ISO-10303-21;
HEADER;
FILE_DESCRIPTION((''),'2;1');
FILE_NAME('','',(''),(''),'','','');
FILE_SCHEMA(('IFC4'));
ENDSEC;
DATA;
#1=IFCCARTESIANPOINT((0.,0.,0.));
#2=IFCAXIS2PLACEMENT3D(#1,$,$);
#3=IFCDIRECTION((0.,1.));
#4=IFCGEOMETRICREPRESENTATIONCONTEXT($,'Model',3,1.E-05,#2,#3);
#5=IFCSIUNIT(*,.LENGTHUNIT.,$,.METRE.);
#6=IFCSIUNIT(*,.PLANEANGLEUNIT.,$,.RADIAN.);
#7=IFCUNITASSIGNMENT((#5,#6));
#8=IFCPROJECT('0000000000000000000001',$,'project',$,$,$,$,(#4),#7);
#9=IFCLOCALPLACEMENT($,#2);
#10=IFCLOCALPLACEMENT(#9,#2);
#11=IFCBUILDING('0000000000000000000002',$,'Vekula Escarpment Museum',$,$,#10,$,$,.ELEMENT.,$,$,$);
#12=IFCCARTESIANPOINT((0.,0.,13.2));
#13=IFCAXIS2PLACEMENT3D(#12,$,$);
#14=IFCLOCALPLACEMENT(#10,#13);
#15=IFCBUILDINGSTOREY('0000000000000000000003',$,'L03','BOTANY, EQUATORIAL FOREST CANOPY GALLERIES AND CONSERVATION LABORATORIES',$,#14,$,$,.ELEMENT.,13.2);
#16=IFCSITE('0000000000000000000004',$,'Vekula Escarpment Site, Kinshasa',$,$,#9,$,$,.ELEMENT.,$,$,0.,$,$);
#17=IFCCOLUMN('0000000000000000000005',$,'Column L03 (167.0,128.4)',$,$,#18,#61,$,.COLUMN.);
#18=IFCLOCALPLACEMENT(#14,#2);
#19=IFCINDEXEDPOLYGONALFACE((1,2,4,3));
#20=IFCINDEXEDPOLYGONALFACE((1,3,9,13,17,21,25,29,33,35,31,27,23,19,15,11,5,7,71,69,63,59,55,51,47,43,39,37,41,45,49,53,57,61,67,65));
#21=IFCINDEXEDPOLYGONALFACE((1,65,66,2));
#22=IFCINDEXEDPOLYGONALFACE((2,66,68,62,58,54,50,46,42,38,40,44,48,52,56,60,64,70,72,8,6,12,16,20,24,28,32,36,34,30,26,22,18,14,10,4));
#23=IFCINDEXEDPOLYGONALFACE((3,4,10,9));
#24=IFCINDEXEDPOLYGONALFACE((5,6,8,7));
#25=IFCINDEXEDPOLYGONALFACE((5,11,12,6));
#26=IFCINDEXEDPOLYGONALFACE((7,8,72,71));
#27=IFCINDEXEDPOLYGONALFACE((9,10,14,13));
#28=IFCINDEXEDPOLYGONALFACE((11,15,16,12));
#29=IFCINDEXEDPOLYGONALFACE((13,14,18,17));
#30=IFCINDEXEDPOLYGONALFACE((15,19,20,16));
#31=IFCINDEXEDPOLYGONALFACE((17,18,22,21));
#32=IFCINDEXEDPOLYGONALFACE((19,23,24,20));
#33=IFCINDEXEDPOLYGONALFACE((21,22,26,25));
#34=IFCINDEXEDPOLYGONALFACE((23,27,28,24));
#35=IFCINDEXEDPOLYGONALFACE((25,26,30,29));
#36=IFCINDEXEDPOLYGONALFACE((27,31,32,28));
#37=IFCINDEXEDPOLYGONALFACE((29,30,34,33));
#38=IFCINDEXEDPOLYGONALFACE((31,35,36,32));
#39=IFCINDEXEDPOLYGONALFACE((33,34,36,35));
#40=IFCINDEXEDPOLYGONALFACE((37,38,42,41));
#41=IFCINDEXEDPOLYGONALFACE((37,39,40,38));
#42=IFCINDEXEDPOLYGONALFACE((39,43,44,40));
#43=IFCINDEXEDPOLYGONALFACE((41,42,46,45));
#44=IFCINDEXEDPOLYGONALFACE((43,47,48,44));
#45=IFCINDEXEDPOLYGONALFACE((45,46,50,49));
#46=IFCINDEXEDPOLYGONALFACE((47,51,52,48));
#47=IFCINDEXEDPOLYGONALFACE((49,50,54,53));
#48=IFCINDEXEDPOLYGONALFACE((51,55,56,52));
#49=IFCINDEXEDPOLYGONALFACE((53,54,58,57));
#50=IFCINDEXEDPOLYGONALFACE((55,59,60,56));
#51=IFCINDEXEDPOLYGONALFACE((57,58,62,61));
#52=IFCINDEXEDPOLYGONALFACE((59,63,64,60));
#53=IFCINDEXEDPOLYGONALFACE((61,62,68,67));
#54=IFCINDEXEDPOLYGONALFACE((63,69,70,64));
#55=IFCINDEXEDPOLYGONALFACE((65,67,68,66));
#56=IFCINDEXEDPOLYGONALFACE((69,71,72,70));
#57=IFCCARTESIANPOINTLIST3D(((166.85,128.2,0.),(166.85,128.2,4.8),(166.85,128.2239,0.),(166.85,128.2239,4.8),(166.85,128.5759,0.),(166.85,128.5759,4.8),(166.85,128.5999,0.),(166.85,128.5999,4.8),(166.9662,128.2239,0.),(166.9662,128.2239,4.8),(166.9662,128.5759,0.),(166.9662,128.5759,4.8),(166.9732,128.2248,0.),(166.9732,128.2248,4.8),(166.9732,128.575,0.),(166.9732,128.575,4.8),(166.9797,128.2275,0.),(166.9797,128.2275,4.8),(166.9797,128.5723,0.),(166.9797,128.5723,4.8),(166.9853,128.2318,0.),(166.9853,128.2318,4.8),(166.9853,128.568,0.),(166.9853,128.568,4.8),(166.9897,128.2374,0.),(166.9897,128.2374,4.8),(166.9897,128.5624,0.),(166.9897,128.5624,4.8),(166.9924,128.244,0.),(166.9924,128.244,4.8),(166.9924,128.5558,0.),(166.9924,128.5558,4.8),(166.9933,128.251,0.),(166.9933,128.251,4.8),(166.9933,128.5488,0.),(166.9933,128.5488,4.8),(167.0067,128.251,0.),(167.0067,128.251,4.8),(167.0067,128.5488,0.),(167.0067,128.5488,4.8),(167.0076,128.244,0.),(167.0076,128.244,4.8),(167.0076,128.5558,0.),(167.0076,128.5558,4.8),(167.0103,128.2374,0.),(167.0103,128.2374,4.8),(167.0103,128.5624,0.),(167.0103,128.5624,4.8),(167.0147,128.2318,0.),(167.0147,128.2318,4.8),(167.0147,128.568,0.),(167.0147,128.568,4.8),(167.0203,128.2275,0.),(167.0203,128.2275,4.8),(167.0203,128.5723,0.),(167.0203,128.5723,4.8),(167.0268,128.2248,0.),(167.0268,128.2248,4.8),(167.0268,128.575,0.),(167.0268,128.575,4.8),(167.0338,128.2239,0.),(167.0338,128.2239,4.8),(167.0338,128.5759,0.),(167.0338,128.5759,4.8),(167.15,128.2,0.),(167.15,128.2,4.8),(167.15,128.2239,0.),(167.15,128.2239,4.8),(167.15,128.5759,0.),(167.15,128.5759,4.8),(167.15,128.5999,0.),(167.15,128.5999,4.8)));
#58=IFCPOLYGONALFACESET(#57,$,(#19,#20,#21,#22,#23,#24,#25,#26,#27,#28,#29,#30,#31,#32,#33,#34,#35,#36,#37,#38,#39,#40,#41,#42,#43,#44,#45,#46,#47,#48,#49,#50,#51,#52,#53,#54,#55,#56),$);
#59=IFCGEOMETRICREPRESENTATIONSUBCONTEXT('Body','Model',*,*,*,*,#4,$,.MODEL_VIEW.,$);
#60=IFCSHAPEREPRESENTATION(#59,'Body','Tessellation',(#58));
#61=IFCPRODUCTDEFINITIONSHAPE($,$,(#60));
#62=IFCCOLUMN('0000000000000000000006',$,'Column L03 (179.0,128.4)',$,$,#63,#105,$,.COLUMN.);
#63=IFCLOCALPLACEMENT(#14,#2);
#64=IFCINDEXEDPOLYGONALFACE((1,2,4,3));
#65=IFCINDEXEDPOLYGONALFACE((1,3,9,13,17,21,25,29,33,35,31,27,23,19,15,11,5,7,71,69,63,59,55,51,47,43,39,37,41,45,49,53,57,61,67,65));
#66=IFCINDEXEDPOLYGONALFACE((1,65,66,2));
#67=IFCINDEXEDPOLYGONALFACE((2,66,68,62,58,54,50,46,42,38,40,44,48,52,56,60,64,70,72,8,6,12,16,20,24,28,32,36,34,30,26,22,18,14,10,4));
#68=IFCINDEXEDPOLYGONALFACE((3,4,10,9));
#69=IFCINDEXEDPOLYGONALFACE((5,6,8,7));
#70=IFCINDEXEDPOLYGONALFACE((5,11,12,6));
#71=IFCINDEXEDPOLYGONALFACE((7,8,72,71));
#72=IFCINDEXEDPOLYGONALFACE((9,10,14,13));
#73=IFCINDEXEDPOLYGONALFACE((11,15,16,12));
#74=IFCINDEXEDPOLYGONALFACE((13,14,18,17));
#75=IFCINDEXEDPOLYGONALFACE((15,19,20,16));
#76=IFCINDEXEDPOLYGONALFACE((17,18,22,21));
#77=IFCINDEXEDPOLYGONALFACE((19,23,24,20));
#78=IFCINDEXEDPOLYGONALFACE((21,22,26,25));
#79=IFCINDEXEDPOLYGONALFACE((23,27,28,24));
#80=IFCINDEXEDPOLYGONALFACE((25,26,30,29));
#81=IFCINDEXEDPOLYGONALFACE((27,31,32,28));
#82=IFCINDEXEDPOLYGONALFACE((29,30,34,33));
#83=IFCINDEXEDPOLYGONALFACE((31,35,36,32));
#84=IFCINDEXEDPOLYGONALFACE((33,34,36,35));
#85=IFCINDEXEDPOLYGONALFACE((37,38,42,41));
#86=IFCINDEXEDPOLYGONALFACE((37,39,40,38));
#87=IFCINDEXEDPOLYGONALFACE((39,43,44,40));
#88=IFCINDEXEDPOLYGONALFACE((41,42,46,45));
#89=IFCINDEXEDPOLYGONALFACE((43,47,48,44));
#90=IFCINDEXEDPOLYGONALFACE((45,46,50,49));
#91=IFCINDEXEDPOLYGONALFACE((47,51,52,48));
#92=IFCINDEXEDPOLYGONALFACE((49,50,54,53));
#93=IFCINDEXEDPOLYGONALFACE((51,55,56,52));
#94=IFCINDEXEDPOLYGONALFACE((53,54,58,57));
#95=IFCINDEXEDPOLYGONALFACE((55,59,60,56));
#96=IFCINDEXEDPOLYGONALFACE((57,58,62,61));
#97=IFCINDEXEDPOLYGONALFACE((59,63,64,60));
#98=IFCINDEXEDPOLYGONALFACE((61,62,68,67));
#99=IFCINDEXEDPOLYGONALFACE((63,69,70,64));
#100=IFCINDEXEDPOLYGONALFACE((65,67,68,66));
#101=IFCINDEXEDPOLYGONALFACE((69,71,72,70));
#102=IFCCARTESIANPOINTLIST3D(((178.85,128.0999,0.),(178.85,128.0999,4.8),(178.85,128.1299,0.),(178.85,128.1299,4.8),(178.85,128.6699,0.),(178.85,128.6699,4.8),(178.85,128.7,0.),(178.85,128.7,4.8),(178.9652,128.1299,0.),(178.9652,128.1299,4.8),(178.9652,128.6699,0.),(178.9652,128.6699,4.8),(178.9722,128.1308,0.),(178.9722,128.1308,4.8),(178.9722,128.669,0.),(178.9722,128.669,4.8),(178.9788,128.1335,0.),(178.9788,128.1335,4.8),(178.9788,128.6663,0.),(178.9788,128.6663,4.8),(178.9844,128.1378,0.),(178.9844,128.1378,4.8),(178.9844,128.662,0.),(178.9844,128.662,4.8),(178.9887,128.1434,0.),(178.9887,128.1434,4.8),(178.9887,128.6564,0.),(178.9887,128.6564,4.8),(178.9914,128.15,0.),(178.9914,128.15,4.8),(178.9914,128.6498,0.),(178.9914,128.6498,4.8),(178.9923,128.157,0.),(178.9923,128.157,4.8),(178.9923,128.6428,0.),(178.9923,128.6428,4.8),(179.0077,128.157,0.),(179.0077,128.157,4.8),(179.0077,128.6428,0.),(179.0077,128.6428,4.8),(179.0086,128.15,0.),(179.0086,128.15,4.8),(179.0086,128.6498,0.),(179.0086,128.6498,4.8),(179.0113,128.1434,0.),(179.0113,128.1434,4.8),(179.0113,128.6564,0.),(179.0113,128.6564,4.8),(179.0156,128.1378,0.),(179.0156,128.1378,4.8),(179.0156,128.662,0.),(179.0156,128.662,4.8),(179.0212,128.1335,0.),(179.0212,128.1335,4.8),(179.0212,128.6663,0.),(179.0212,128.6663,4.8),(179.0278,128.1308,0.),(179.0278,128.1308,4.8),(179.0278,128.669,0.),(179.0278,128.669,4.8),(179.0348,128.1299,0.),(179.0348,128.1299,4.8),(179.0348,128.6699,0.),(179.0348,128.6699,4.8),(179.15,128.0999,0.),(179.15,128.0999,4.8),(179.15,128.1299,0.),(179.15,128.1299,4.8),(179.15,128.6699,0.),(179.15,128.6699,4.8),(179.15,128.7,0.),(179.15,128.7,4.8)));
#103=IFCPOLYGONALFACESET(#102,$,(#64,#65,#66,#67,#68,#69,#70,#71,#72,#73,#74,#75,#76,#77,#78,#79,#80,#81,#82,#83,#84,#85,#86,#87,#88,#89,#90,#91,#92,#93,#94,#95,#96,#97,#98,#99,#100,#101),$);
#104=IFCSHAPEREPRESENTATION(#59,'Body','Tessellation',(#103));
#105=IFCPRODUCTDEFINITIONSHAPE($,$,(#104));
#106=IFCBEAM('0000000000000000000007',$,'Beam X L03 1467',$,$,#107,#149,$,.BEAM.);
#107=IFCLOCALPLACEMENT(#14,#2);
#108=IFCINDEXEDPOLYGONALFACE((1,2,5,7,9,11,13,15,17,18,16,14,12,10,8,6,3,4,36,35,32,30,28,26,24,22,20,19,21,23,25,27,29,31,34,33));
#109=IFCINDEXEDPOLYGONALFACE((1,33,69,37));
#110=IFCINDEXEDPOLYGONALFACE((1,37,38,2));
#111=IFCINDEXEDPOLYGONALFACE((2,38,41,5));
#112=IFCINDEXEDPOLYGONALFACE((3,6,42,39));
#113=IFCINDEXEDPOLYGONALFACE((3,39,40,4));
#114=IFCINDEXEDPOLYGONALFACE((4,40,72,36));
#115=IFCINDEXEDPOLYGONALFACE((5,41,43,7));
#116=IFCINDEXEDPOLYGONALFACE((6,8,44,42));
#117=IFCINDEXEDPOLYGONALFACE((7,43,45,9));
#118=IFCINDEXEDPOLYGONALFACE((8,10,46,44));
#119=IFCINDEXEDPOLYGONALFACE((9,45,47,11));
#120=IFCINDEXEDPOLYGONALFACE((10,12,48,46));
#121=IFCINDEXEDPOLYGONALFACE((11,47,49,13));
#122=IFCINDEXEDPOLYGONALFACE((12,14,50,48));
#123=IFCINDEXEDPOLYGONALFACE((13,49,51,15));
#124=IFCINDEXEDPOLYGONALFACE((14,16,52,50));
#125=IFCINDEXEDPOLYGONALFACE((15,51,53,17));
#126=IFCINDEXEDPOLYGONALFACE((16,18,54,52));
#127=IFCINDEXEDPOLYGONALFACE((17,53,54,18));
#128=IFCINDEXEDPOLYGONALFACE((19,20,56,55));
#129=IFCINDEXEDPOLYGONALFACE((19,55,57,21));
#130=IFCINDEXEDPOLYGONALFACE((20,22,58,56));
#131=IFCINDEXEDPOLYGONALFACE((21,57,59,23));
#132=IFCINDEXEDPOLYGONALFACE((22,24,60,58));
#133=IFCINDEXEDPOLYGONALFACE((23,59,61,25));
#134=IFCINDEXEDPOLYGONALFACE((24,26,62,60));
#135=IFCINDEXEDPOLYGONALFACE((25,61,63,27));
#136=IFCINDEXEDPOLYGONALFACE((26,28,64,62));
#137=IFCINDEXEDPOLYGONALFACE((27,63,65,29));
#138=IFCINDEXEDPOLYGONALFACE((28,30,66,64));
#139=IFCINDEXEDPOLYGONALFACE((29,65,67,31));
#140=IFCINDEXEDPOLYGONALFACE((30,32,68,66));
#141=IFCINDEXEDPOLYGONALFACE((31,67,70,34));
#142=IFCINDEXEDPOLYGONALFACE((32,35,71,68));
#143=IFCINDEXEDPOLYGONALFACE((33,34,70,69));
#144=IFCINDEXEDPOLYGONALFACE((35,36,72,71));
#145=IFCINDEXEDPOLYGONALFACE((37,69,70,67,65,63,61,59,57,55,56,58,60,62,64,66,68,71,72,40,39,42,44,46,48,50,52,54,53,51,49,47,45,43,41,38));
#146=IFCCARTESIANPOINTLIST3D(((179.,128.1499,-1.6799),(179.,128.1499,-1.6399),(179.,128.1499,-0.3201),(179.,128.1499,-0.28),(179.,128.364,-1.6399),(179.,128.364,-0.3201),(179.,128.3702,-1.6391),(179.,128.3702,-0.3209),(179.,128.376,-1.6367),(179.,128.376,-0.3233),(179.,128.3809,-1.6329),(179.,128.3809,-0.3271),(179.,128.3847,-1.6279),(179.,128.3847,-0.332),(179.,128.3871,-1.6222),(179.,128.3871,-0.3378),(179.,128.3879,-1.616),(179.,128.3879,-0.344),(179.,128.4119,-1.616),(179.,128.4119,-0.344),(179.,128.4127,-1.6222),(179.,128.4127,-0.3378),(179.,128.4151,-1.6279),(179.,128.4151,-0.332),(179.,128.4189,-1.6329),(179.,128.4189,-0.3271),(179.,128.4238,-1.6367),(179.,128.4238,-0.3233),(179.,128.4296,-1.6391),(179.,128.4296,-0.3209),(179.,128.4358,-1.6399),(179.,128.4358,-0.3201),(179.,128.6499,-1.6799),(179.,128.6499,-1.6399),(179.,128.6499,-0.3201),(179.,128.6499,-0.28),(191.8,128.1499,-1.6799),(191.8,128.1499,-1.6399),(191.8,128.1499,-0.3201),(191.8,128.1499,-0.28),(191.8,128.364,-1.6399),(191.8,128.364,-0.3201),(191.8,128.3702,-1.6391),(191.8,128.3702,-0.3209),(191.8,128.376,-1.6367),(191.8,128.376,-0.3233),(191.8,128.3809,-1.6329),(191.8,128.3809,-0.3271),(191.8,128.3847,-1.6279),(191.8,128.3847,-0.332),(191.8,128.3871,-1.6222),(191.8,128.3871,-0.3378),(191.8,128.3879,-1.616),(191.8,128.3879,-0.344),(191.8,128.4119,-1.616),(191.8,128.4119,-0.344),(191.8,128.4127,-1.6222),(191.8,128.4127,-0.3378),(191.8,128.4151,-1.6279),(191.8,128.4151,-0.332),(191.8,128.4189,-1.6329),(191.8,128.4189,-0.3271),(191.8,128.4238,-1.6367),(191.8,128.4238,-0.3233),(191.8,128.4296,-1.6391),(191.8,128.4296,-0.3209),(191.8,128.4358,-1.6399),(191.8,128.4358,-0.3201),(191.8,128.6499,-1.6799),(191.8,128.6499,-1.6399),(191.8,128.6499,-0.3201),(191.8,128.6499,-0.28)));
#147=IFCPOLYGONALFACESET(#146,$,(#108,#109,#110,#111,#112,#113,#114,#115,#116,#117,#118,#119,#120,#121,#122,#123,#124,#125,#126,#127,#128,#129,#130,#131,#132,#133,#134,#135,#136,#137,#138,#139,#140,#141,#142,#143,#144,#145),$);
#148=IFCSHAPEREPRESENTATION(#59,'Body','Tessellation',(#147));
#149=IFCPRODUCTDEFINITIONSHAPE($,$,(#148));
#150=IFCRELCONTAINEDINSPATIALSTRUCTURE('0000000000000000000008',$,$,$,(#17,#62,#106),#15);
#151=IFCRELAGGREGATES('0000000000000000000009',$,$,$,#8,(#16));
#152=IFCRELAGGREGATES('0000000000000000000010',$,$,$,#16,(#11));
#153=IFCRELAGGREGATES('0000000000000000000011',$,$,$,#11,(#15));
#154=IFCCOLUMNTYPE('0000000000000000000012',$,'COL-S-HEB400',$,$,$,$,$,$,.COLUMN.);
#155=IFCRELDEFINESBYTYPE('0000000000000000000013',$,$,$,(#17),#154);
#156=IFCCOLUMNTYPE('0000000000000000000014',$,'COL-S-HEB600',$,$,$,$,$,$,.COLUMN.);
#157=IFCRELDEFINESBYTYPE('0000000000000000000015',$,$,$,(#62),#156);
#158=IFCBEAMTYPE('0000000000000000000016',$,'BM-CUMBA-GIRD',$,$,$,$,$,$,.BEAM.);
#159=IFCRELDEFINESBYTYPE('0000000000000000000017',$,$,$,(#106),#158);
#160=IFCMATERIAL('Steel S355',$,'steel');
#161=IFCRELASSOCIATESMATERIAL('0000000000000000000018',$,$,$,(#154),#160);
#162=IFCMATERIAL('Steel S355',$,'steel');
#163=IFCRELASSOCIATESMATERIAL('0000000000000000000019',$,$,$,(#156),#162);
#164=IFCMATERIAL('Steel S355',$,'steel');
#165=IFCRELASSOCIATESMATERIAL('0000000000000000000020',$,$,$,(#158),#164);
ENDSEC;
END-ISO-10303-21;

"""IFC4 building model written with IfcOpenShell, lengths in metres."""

from ifc_helpers import new_model, si_unit, direction, frame, origin, origin_2d, place, context, subcontext, project, spatial, i_section, extrude, material, material_profile, profile_set, type_object, element, save


model = new_model("IFC4")

# Units and contexts
model_context = context("Model", 3, precision=1e-05, world=origin(), true_north=direction((0.0, 1.0)))
body_context = subcontext(model_context, "Body", "Model", "MODEL_VIEW")
ifc_project = project(units=[si_unit("LENGTHUNIT", "METRE"), si_unit("PLANEANGLEUNIT", "RADIAN")], contexts=[model_context])

# Site, building, storey
site_placement = place(None, origin())
site = spatial("IfcSite", under=ifc_project, at=site_placement, Name="Vekula Escarpment Site, Kinshasa", CompositionType="ELEMENT", RefElevation=0.0)
building_placement = place(site_placement, origin())
building = spatial("IfcBuilding", under=site, at=building_placement, Name="Vekula Escarpment Museum", CompositionType="ELEMENT")
storey_placement = place(building_placement, frame((0.0, 0.0, 13.2)))
storey = spatial("IfcBuildingStorey", under=building, at=storey_placement, Name="L03", Description="BOTANY, EQUATORIAL FOREST CANOPY GALLERIES AND CONSERVATION LABORATORIES", CompositionType="ELEMENT", Elevation=13.2)

# Columns
ifc_material_1 = material(Name="Steel S355", Category="steel")
ifc_material_profile_1 = material_profile(ifc_material_1, i_section(OverallWidth=0.3, OverallDepth=0.3999, WebThickness=0.0134, FlangeThickness=0.0239, FilletRadius=0.0271, at=origin_2d()), Name="HEB 400")
ifc_profile_set_1 = profile_set([ifc_material_profile_1], Name="Steel S355")
column_type_1 = type_object("IfcColumnType", Name="COL-S-HEB400", PredefinedType="COLUMN", material=ifc_profile_set_1)
column_1_placement = place(storey_placement, frame((167.0, 128.3999, 0.0), z_axis=(0.0, 0.0, 1.0), x_axis=(1.0, 0.0, 0.0)))
element("IfcColumn", 1, at=column_1_placement, inside=storey, type_object=column_type_1, Name="Column L03 (167.0,128.4)", PredefinedType="COLUMN", context=body_context, shape_type="SweptSolid", body=[
    extrude(i_section(OverallWidth=0.3, OverallDepth=0.3999, WebThickness=0.0134, FlangeThickness=0.0239, FilletRadius=0.0271, at=origin_2d()), origin(), (0.0, 0.0, 1.0), 4.8),
])
ifc_material_2 = material(Name="Steel S355", Category="steel")
ifc_material_profile_2 = material_profile(ifc_material_2, i_section(OverallWidth=0.3, OverallDepth=0.6001, WebThickness=0.0154, FlangeThickness=0.03, FilletRadius=0.0271, at=origin_2d()), Name="HEB 600")
ifc_profile_set_2 = profile_set([ifc_material_profile_2], Name="Steel S355")
column_type_2 = type_object("IfcColumnType", Name="COL-S-HEB600", PredefinedType="COLUMN", material=ifc_profile_set_2)
column_2_placement = place(storey_placement, frame((179.0, 128.3999, 0.0), z_axis=(0.0, 0.0, 1.0), x_axis=(1.0, 0.0, 0.0)))
element("IfcColumn", 2, at=column_2_placement, inside=storey, type_object=column_type_2, Name="Column L03 (179.0,128.4)", PredefinedType="COLUMN", context=body_context, shape_type="SweptSolid", body=[
    extrude(i_section(OverallWidth=0.3, OverallDepth=0.6001, WebThickness=0.0154, FlangeThickness=0.03, FilletRadius=0.0271, at=origin_2d()), origin(), (0.0, 0.0, 1.0), 4.8),
])

# Beam
ifc_material_3 = material(Name="Steel S355", Category="steel")
ifc_material_profile_3 = material_profile(ifc_material_3, i_section(OverallWidth=0.5, OverallDepth=1.3999, WebThickness=0.0239, FlangeThickness=0.04, FilletRadius=0.0239, at=origin_2d()), Name="WPG 1400x500")
ifc_profile_set_3 = profile_set([ifc_material_profile_3], Name="Steel S355")
beam_type_1 = type_object("IfcBeamType", Name="BM-CUMBA-GIRD", PredefinedType="BEAM", material=ifc_profile_set_3)
beam_1_placement = place(storey_placement, frame((179.0, 128.3999, -0.98), z_axis=(1.0, 0.0, 0.0), x_axis=(0.0, 1.0, 0.0)))
element("IfcBeam", 3, at=beam_1_placement, inside=storey, type_object=beam_type_1, Name="Beam X L03 1467", PredefinedType="BEAM", context=body_context, shape_type="SweptSolid", body=[
    extrude(i_section(OverallWidth=0.5, OverallDepth=1.3999, WebThickness=0.0239, FlangeThickness=0.04, FilletRadius=0.0239, at=origin_2d()), origin(), (0.0, 0.0, 1.0), 12.8),
])

save(model, "model.ifc")
